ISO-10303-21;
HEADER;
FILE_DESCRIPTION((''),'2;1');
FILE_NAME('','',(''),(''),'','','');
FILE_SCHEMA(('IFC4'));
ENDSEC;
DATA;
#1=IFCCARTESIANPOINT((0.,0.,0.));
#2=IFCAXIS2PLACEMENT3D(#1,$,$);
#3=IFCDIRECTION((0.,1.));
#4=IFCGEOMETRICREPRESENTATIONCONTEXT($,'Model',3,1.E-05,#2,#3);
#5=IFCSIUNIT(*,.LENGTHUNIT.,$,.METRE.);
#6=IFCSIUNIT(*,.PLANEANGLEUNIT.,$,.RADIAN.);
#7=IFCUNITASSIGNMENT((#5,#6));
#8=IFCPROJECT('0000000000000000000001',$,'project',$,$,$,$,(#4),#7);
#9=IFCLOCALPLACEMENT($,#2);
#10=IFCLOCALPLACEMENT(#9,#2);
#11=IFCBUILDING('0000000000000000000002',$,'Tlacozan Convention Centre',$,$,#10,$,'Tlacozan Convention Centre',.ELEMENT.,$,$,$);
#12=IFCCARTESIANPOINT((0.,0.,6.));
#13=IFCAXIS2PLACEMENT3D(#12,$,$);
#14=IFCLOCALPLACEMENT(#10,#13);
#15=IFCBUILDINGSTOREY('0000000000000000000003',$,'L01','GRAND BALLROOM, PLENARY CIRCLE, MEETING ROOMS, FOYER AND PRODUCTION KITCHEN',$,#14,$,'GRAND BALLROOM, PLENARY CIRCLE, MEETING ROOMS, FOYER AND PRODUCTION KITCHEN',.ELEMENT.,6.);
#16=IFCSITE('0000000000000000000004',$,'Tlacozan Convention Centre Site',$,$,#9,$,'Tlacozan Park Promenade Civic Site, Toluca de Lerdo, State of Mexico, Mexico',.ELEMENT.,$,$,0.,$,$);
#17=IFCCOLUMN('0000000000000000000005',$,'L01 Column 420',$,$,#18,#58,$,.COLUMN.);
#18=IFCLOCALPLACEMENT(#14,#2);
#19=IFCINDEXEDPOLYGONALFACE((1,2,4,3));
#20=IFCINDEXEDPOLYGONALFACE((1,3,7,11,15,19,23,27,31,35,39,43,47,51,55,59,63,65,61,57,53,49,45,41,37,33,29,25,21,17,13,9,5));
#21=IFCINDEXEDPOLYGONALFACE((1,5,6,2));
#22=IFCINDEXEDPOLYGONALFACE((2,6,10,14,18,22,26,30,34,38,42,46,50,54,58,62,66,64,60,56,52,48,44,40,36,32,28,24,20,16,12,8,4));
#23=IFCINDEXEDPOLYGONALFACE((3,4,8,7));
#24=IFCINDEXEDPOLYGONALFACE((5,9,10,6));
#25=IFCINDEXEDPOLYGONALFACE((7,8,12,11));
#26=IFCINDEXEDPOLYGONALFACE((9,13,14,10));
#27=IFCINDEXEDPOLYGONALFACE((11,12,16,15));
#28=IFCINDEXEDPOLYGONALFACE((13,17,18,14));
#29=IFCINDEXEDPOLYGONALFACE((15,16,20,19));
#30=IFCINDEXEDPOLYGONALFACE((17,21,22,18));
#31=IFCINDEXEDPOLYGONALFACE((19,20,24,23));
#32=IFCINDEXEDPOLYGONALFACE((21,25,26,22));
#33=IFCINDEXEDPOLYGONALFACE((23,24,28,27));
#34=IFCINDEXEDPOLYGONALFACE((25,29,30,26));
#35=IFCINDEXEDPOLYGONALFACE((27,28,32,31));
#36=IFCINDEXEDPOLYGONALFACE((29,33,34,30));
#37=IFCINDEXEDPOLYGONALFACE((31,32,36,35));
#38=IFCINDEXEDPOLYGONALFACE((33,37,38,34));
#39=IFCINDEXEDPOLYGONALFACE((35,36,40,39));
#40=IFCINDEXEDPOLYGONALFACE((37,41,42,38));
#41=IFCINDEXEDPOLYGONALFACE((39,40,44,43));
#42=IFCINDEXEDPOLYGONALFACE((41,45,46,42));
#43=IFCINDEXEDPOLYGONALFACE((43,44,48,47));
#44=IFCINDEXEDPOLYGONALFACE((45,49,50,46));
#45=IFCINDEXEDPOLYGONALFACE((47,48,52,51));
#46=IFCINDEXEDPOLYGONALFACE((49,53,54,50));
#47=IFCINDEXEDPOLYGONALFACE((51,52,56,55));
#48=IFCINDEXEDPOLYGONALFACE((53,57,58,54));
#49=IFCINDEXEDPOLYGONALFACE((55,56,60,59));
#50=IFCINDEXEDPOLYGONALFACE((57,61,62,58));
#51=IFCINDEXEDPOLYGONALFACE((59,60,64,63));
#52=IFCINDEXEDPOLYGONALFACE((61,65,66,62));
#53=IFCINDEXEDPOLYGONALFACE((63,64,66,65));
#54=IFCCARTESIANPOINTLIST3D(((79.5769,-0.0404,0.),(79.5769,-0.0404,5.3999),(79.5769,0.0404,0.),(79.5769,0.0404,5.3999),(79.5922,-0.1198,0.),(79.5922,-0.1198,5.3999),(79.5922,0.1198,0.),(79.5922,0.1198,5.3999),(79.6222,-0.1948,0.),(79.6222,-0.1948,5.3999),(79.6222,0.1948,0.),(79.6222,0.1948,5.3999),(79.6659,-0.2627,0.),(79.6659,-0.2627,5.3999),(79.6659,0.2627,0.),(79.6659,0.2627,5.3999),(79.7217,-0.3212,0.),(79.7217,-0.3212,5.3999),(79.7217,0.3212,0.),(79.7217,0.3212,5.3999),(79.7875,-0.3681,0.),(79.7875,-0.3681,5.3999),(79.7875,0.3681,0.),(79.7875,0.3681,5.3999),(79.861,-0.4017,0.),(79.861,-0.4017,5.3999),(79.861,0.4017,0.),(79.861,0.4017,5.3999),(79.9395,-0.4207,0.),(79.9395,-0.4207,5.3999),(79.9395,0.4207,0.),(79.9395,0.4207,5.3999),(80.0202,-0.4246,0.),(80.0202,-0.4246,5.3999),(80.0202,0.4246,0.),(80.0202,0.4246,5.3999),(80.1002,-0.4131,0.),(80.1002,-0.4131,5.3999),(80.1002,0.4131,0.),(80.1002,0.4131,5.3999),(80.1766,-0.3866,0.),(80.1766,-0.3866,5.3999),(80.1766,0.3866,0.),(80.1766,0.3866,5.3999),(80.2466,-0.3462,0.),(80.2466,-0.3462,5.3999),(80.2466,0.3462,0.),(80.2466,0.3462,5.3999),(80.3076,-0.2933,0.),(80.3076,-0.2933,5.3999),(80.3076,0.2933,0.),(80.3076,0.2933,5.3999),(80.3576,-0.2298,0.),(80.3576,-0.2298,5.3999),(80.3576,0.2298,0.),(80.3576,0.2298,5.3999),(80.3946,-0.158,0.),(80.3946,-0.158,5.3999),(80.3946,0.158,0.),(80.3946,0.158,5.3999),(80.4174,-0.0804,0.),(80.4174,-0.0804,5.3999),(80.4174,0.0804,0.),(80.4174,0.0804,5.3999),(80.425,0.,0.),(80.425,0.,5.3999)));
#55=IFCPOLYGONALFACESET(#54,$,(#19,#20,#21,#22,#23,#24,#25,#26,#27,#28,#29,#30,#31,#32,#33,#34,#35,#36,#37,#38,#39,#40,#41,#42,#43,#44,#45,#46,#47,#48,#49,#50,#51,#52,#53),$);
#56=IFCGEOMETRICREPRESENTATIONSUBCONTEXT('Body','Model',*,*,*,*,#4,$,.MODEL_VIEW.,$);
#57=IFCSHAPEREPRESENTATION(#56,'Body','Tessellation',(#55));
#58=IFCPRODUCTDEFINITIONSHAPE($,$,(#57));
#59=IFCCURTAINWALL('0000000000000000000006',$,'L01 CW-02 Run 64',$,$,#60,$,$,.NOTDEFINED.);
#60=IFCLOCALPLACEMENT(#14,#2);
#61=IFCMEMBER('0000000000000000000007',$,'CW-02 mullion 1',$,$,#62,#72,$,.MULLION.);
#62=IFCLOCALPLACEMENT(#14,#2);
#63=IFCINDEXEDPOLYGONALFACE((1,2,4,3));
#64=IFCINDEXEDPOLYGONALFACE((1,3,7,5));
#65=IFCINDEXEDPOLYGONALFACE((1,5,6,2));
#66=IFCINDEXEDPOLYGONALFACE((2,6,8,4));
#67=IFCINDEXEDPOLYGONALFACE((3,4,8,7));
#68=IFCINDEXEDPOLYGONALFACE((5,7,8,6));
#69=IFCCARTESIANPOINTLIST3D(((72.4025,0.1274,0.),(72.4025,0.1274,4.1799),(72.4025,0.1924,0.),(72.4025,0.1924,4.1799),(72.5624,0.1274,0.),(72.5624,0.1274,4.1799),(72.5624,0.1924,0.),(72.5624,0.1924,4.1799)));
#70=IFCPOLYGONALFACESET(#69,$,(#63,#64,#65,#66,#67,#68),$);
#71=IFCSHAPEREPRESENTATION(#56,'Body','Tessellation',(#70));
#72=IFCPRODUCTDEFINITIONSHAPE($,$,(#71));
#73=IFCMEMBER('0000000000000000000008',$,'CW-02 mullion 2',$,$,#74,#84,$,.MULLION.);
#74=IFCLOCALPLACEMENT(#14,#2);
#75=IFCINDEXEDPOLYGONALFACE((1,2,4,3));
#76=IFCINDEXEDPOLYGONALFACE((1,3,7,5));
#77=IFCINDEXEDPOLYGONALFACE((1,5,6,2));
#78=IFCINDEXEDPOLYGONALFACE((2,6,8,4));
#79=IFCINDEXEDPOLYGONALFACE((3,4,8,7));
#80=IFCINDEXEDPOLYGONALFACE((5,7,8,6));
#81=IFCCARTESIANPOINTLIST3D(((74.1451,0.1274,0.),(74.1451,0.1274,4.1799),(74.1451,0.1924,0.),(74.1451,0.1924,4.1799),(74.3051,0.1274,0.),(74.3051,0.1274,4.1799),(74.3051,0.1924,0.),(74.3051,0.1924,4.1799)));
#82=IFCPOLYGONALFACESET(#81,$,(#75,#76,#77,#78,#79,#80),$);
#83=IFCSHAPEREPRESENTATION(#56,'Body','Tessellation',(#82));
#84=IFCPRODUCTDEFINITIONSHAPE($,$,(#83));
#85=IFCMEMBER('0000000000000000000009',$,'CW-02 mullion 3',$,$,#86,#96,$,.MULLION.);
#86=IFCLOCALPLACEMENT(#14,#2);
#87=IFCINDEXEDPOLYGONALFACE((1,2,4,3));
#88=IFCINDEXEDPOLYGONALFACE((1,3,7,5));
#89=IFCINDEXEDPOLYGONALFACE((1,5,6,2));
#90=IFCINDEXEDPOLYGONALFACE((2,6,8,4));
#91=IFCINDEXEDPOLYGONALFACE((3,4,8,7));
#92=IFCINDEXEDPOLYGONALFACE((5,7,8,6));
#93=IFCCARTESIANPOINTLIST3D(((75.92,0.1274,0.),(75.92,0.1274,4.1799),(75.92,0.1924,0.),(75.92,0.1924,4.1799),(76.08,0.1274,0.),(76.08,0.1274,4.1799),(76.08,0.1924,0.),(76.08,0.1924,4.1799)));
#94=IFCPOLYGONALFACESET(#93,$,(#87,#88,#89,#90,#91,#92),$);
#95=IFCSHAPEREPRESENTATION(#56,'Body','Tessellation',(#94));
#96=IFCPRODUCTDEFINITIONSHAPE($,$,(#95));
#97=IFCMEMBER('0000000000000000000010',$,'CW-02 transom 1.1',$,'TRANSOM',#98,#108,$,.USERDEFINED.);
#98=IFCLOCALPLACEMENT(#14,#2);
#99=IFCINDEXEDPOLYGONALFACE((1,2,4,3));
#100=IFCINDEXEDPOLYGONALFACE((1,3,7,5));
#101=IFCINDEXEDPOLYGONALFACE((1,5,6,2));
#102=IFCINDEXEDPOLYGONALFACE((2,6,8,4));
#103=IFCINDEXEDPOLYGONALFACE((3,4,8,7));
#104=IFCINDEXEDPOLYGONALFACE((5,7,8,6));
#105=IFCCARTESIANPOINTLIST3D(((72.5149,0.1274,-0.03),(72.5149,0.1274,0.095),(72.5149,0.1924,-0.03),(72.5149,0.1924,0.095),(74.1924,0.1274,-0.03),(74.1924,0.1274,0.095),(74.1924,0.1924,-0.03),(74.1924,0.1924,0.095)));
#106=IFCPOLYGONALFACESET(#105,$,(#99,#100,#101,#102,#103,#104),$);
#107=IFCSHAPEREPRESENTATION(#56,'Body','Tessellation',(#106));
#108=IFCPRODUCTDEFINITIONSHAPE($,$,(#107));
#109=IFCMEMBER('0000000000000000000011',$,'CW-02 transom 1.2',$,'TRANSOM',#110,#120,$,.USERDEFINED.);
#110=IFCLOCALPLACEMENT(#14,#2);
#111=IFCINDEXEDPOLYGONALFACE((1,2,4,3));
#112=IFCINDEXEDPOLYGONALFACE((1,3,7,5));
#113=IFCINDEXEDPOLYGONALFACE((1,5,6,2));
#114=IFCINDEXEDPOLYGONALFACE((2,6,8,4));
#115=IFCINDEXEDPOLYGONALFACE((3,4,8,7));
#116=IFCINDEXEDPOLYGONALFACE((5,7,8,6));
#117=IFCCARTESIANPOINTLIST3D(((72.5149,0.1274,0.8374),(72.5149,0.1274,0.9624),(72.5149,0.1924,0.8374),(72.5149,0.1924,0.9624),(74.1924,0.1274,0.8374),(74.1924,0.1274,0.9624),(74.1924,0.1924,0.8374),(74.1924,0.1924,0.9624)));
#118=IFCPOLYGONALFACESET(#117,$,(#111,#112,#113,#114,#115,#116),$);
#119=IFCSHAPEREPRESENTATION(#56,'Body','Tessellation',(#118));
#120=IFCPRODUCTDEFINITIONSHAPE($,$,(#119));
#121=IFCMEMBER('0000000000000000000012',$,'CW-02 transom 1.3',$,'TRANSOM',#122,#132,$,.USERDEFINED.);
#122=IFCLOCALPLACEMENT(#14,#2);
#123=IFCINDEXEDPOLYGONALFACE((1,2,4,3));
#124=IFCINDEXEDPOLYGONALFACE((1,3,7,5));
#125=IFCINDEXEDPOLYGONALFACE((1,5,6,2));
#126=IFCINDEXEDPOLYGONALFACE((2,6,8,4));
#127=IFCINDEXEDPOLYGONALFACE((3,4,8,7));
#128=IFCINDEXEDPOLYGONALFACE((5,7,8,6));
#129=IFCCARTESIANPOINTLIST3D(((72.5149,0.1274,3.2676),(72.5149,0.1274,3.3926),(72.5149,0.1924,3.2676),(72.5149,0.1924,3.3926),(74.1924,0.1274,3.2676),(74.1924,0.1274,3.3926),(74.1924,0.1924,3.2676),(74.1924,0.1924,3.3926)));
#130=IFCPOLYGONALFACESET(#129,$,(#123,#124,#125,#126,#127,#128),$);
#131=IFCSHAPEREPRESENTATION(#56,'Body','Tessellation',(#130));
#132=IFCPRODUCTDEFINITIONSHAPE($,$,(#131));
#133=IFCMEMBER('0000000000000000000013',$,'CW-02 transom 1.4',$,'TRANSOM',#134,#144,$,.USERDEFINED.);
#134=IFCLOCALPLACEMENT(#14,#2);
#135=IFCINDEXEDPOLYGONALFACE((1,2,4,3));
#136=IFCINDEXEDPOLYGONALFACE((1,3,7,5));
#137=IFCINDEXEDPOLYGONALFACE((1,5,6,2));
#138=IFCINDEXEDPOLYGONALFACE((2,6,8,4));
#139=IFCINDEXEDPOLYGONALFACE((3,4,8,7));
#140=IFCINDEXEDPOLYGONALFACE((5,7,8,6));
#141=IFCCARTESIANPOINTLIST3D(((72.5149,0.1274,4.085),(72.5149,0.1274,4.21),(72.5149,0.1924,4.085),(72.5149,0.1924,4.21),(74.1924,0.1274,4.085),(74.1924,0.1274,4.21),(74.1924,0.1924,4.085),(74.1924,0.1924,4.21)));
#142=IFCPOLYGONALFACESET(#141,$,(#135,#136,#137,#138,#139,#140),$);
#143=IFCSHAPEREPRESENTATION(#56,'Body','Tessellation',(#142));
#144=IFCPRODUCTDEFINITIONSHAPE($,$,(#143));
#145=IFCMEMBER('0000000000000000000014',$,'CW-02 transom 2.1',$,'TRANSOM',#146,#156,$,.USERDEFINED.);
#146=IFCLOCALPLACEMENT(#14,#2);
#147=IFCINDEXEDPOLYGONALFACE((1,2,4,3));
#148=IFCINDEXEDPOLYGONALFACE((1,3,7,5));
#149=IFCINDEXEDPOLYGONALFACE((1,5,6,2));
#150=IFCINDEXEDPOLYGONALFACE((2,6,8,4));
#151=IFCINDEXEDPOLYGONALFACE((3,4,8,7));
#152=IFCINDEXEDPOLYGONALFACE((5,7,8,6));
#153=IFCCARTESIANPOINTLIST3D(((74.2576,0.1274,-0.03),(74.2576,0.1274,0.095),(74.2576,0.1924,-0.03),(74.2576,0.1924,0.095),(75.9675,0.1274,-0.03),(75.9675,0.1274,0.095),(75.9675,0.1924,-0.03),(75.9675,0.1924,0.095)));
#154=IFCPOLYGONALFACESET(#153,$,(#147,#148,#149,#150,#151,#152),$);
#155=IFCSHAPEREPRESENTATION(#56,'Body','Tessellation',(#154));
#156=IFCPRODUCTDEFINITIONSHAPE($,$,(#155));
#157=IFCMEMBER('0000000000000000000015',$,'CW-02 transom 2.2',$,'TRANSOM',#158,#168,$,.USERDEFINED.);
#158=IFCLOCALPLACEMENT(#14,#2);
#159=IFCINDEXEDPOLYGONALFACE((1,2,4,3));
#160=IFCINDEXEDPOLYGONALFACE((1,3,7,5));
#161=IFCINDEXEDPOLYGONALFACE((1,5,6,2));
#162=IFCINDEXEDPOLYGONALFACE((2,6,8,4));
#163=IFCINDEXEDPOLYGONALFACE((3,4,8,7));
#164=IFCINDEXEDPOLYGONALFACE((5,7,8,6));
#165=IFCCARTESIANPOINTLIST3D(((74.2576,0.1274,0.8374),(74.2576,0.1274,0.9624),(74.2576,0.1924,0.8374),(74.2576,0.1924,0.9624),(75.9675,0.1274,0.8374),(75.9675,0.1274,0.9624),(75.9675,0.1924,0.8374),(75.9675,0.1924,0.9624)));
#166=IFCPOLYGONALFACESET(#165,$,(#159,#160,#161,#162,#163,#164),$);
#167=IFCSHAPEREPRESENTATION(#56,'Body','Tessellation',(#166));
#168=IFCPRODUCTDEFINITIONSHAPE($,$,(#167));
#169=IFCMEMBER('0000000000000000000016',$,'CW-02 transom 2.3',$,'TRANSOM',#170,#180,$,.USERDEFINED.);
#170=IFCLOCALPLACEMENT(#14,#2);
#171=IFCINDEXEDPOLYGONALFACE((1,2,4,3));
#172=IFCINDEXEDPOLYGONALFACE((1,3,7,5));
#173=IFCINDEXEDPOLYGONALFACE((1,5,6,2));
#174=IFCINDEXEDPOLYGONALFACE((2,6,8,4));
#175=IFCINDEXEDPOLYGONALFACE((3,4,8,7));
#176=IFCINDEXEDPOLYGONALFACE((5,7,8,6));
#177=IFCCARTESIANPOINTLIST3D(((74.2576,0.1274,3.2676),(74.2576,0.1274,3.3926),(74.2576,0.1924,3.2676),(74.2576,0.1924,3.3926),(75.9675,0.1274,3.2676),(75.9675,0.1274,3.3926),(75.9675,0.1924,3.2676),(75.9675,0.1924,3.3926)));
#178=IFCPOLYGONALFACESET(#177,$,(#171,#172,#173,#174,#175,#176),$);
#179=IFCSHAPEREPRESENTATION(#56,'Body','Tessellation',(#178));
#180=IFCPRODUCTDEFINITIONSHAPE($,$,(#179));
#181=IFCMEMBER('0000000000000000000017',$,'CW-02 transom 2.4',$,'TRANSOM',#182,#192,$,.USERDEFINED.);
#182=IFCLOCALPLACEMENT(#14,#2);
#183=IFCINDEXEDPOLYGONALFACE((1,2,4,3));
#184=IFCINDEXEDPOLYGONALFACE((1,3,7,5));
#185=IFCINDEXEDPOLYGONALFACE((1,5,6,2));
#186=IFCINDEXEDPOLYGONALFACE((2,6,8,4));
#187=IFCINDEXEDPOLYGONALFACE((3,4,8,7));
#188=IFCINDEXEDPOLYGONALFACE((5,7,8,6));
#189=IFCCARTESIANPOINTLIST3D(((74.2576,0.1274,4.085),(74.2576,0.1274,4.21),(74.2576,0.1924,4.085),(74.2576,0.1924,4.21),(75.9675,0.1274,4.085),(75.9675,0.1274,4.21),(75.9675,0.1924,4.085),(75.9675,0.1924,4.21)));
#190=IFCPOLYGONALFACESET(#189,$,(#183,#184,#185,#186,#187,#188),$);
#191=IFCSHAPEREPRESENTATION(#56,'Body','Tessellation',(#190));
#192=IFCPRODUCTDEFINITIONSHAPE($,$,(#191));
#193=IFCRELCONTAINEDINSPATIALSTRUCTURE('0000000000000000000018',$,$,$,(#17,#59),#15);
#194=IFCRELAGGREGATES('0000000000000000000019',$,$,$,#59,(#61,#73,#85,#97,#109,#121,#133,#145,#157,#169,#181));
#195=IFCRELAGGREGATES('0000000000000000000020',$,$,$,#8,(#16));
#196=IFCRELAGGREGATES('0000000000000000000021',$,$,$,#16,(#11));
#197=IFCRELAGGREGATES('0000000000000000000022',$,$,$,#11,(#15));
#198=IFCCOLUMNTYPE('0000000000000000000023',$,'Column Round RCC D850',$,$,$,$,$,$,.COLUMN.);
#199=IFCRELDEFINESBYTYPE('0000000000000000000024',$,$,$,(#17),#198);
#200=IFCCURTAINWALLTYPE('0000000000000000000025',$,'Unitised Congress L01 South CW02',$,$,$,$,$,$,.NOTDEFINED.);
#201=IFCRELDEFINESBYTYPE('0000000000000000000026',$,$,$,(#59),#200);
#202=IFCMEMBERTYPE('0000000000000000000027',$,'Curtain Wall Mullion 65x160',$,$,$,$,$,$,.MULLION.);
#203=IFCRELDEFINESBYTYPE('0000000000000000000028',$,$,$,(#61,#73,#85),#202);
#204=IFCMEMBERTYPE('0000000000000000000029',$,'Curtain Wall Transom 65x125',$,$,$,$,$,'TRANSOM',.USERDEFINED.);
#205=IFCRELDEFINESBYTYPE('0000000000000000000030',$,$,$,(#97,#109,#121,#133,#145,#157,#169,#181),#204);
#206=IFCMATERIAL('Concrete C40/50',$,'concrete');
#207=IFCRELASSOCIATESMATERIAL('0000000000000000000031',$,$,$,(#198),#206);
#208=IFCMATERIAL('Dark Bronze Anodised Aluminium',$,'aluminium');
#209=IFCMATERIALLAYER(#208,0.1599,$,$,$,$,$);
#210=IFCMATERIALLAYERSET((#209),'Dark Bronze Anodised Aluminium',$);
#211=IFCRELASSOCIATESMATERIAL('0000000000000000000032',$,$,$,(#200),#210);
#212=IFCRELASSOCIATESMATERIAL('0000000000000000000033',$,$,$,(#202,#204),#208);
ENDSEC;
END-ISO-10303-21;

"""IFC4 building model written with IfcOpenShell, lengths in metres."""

from ifc_helpers import new_model, si_unit, direction, frame, origin, origin_2d, place, context, subcontext, project, spatial, rectangle, circle, extrude, material, layer, layer_set, material_profile, profile_set, type_object, element, aggregate, save


model = new_model("IFC4")

# Units and contexts
model_context = context("Model", 3, precision=1e-05, world=origin(), true_north=direction((0.0, 1.0)))
body_context = subcontext(model_context, "Body", "Model", "MODEL_VIEW")
ifc_project = project(units=[si_unit("LENGTHUNIT", "METRE"), si_unit("PLANEANGLEUNIT", "RADIAN")], contexts=[model_context])

# Site, building, storey
site_placement = place(None, origin())
site = spatial("IfcSite", under=ifc_project, at=site_placement, Name="Tlacozan Convention Centre Site", LongName="Tlacozan Park Promenade Civic Site, Toluca de Lerdo, State of Mexico, Mexico", CompositionType="ELEMENT", RefElevation=0.0)
building_placement = place(site_placement, origin())
building = spatial("IfcBuilding", under=site, at=building_placement, Name="Tlacozan Convention Centre", LongName="Tlacozan Convention Centre", CompositionType="ELEMENT")
storey_placement = place(building_placement, frame((0.0, 0.0, 6.0)))
storey = spatial("IfcBuildingStorey", under=building, at=storey_placement, Name="L01", Description="GRAND BALLROOM, PLENARY CIRCLE, MEETING ROOMS, FOYER AND PRODUCTION KITCHEN", LongName="GRAND BALLROOM, PLENARY CIRCLE, MEETING ROOMS, FOYER AND PRODUCTION KITCHEN", CompositionType="ELEMENT", Elevation=6.0)

# Column
ifc_material_1 = material(Name="Concrete C40/50", Category="concrete")
ifc_material_profile_1 = material_profile(ifc_material_1, circle(Radius=0.425, at=origin_2d()), Name="RCC D850")
ifc_profile_set_1 = profile_set([ifc_material_profile_1], Name="Concrete C40/50")
column_type = type_object("IfcColumnType", Name="Column Round RCC D850", PredefinedType="COLUMN", material=ifc_profile_set_1)
column_placement = place(storey_placement, frame((80.0, 0.0, 0.0), z_axis=(0.0, 0.0, 1.0), x_axis=(1.0, 0.0, 0.0)))
element("IfcColumn", 1, at=column_placement, inside=storey, type_object=column_type, Name="L01 Column 420", PredefinedType="COLUMN", context=body_context, shape_type="SweptSolid", body=[
    extrude(circle(Radius=0.425, at=origin_2d()), origin(), (0.0, 0.0, 1.0), 5.3999),
])

# Curtain wall, members
ifc_material_2 = material(Name="Dark Bronze Anodised Aluminium", Category="aluminium")
ifc_layer_1 = layer(ifc_material_2, 0.1599)
ifc_layer_set_1 = layer_set([ifc_layer_1], Name="Dark Bronze Anodised Aluminium")
curtain_wall_type = type_object("IfcCurtainWallType", Name="Unitised Congress L01 South CW02", PredefinedType="NOTDEFINED", material=ifc_layer_set_1)
curtain_wall_placement = place(storey_placement, origin())
curtain_wall = element("IfcCurtainWall", 2, at=curtain_wall_placement, inside=storey, type_object=curtain_wall_type, Name="L01 CW-02 Run 64", PredefinedType="NOTDEFINED")
ifc_material_profile_2 = material_profile(ifc_material_2, rectangle(XDim=0.0649, YDim=0.1599, at=origin_2d()), Name="ALU 65x160")
ifc_profile_set_2 = profile_set([ifc_material_profile_2], Name="Dark Bronze Anodised Aluminium")
member_type_1 = type_object("IfcMemberType", Name="Curtain Wall Mullion 65x160", PredefinedType="MULLION", material=ifc_profile_set_2)
member_1_placement = place(storey_placement, frame((72.4824, 0.1599, 0.0), z_axis=(0.0, 0.0, 1.0), x_axis=(0.0, 1.0, 0.0)))
member_1 = element("IfcMember", 3, at=member_1_placement, type_object=member_type_1, Name="CW-02 mullion 1", PredefinedType="MULLION", context=body_context, shape_type="SweptSolid", body=[
    extrude(rectangle(XDim=0.0649, YDim=0.1599, at=origin_2d()), origin(), (0.0, 0.0, 1.0), 4.1799),
])
member_2_placement = place(storey_placement, frame((74.2251, 0.1599, 0.0), z_axis=(0.0, 0.0, 1.0), x_axis=(0.0, 1.0, 0.0)))
member_2 = element("IfcMember", 4, at=member_2_placement, type_object=member_type_1, Name="CW-02 mullion 2", PredefinedType="MULLION", context=body_context, shape_type="SweptSolid", body=[
    extrude(rectangle(XDim=0.0649, YDim=0.1599, at=origin_2d()), origin(), (0.0, 0.0, 1.0), 4.1799),
])
member_3_placement = place(storey_placement, frame((76.0, 0.1599, 0.0), z_axis=(0.0, 0.0, 1.0), x_axis=(0.0, 1.0, 0.0)))
member_3 = element("IfcMember", 5, at=member_3_placement, type_object=member_type_1, Name="CW-02 mullion 3", PredefinedType="MULLION", context=body_context, shape_type="SweptSolid", body=[
    extrude(rectangle(XDim=0.0649, YDim=0.1599, at=origin_2d()), origin(), (0.0, 0.0, 1.0), 4.1799),
])
ifc_material_profile_3 = material_profile(ifc_material_2, rectangle(XDim=0.0649, YDim=0.125, at=origin_2d()), Name="ALU 65x125")
ifc_profile_set_3 = profile_set([ifc_material_profile_3], Name="Dark Bronze Anodised Aluminium")
member_type_2 = type_object("IfcMemberType", Name="Curtain Wall Transom 65x125", ElementType="TRANSOM", PredefinedType="USERDEFINED", material=ifc_profile_set_3)
member_4_placement = place(storey_placement, frame((72.5149, 0.1599, 0.0325), z_axis=(1.0, 0.0, 0.0), x_axis=(0.0, 1.0, 0.0)))
member_4 = element("IfcMember", 6, at=member_4_placement, type_object=member_type_2, Name="CW-02 transom 1.1", ObjectType="TRANSOM", PredefinedType="USERDEFINED", context=body_context, shape_type="SweptSolid", body=[
    extrude(rectangle(XDim=0.0649, YDim=0.125, at=origin_2d()), origin(), (0.0, 0.0, 1.0), 1.6775),
])
member_5_placement = place(storey_placement, frame((72.5149, 0.1599, 0.8999), z_axis=(1.0, 0.0, 0.0), x_axis=(0.0, 1.0, 0.0)))
member_5 = element("IfcMember", 7, at=member_5_placement, type_object=member_type_2, Name="CW-02 transom 1.2", ObjectType="TRANSOM", PredefinedType="USERDEFINED", context=body_context, shape_type="SweptSolid", body=[
    extrude(rectangle(XDim=0.0649, YDim=0.125, at=origin_2d()), origin(), (0.0, 0.0, 1.0), 1.6775),
])
member_6_placement = place(storey_placement, frame((72.5149, 0.1599, 3.3301), z_axis=(1.0, 0.0, 0.0), x_axis=(0.0, 1.0, 0.0)))
member_6 = element("IfcMember", 8, at=member_6_placement, type_object=member_type_2, Name="CW-02 transom 1.3", ObjectType="TRANSOM", PredefinedType="USERDEFINED", context=body_context, shape_type="SweptSolid", body=[
    extrude(rectangle(XDim=0.0649, YDim=0.125, at=origin_2d()), origin(), (0.0, 0.0, 1.0), 1.6775),
])
member_7_placement = place(storey_placement, frame((72.5149, 0.1599, 4.1475), z_axis=(1.0, 0.0, 0.0), x_axis=(0.0, 1.0, 0.0)))
member_7 = element("IfcMember", 9, at=member_7_placement, type_object=member_type_2, Name="CW-02 transom 1.4", ObjectType="TRANSOM", PredefinedType="USERDEFINED", context=body_context, shape_type="SweptSolid", body=[
    extrude(rectangle(XDim=0.0649, YDim=0.125, at=origin_2d()), origin(), (0.0, 0.0, 1.0), 1.6775),
])
member_8_placement = place(storey_placement, frame((74.2576, 0.1599, 0.0325), z_axis=(1.0, 0.0, 0.0), x_axis=(0.0, 1.0, 0.0)))
member_8 = element("IfcMember", 10, at=member_8_placement, type_object=member_type_2, Name="CW-02 transom 2.1", ObjectType="TRANSOM", PredefinedType="USERDEFINED", context=body_context, shape_type="SweptSolid", body=[
    extrude(rectangle(XDim=0.0649, YDim=0.125, at=origin_2d()), origin(), (0.0, 0.0, 1.0), 1.71),
])
member_9_placement = place(storey_placement, frame((74.2576, 0.1599, 0.8999), z_axis=(1.0, 0.0, 0.0), x_axis=(0.0, 1.0, 0.0)))
member_9 = element("IfcMember", 11, at=member_9_placement, type_object=member_type_2, Name="CW-02 transom 2.2", ObjectType="TRANSOM", PredefinedType="USERDEFINED", context=body_context, shape_type="SweptSolid", body=[
    extrude(rectangle(XDim=0.0649, YDim=0.125, at=origin_2d()), origin(), (0.0, 0.0, 1.0), 1.71),
])
member_10_placement = place(storey_placement, frame((74.2576, 0.1599, 3.3301), z_axis=(1.0, 0.0, 0.0), x_axis=(0.0, 1.0, 0.0)))
member_10 = element("IfcMember", 12, at=member_10_placement, type_object=member_type_2, Name="CW-02 transom 2.3", ObjectType="TRANSOM", PredefinedType="USERDEFINED", context=body_context, shape_type="SweptSolid", body=[
    extrude(rectangle(XDim=0.0649, YDim=0.125, at=origin_2d()), origin(), (0.0, 0.0, 1.0), 1.71),
])
member_11_placement = place(storey_placement, frame((74.2576, 0.1599, 4.1475), z_axis=(1.0, 0.0, 0.0), x_axis=(0.0, 1.0, 0.0)))
member_11 = element("IfcMember", 13, at=member_11_placement, type_object=member_type_2, Name="CW-02 transom 2.4", ObjectType="TRANSOM", PredefinedType="USERDEFINED", context=body_context, shape_type="SweptSolid", body=[
    extrude(rectangle(XDim=0.0649, YDim=0.125, at=origin_2d()), origin(), (0.0, 0.0, 1.0), 1.71),
])

aggregate(curtain_wall, [member_1, member_2, member_3, member_4, member_5, member_6, member_7, member_8, member_9, member_10, member_11])

save(model, "model.ifc")
